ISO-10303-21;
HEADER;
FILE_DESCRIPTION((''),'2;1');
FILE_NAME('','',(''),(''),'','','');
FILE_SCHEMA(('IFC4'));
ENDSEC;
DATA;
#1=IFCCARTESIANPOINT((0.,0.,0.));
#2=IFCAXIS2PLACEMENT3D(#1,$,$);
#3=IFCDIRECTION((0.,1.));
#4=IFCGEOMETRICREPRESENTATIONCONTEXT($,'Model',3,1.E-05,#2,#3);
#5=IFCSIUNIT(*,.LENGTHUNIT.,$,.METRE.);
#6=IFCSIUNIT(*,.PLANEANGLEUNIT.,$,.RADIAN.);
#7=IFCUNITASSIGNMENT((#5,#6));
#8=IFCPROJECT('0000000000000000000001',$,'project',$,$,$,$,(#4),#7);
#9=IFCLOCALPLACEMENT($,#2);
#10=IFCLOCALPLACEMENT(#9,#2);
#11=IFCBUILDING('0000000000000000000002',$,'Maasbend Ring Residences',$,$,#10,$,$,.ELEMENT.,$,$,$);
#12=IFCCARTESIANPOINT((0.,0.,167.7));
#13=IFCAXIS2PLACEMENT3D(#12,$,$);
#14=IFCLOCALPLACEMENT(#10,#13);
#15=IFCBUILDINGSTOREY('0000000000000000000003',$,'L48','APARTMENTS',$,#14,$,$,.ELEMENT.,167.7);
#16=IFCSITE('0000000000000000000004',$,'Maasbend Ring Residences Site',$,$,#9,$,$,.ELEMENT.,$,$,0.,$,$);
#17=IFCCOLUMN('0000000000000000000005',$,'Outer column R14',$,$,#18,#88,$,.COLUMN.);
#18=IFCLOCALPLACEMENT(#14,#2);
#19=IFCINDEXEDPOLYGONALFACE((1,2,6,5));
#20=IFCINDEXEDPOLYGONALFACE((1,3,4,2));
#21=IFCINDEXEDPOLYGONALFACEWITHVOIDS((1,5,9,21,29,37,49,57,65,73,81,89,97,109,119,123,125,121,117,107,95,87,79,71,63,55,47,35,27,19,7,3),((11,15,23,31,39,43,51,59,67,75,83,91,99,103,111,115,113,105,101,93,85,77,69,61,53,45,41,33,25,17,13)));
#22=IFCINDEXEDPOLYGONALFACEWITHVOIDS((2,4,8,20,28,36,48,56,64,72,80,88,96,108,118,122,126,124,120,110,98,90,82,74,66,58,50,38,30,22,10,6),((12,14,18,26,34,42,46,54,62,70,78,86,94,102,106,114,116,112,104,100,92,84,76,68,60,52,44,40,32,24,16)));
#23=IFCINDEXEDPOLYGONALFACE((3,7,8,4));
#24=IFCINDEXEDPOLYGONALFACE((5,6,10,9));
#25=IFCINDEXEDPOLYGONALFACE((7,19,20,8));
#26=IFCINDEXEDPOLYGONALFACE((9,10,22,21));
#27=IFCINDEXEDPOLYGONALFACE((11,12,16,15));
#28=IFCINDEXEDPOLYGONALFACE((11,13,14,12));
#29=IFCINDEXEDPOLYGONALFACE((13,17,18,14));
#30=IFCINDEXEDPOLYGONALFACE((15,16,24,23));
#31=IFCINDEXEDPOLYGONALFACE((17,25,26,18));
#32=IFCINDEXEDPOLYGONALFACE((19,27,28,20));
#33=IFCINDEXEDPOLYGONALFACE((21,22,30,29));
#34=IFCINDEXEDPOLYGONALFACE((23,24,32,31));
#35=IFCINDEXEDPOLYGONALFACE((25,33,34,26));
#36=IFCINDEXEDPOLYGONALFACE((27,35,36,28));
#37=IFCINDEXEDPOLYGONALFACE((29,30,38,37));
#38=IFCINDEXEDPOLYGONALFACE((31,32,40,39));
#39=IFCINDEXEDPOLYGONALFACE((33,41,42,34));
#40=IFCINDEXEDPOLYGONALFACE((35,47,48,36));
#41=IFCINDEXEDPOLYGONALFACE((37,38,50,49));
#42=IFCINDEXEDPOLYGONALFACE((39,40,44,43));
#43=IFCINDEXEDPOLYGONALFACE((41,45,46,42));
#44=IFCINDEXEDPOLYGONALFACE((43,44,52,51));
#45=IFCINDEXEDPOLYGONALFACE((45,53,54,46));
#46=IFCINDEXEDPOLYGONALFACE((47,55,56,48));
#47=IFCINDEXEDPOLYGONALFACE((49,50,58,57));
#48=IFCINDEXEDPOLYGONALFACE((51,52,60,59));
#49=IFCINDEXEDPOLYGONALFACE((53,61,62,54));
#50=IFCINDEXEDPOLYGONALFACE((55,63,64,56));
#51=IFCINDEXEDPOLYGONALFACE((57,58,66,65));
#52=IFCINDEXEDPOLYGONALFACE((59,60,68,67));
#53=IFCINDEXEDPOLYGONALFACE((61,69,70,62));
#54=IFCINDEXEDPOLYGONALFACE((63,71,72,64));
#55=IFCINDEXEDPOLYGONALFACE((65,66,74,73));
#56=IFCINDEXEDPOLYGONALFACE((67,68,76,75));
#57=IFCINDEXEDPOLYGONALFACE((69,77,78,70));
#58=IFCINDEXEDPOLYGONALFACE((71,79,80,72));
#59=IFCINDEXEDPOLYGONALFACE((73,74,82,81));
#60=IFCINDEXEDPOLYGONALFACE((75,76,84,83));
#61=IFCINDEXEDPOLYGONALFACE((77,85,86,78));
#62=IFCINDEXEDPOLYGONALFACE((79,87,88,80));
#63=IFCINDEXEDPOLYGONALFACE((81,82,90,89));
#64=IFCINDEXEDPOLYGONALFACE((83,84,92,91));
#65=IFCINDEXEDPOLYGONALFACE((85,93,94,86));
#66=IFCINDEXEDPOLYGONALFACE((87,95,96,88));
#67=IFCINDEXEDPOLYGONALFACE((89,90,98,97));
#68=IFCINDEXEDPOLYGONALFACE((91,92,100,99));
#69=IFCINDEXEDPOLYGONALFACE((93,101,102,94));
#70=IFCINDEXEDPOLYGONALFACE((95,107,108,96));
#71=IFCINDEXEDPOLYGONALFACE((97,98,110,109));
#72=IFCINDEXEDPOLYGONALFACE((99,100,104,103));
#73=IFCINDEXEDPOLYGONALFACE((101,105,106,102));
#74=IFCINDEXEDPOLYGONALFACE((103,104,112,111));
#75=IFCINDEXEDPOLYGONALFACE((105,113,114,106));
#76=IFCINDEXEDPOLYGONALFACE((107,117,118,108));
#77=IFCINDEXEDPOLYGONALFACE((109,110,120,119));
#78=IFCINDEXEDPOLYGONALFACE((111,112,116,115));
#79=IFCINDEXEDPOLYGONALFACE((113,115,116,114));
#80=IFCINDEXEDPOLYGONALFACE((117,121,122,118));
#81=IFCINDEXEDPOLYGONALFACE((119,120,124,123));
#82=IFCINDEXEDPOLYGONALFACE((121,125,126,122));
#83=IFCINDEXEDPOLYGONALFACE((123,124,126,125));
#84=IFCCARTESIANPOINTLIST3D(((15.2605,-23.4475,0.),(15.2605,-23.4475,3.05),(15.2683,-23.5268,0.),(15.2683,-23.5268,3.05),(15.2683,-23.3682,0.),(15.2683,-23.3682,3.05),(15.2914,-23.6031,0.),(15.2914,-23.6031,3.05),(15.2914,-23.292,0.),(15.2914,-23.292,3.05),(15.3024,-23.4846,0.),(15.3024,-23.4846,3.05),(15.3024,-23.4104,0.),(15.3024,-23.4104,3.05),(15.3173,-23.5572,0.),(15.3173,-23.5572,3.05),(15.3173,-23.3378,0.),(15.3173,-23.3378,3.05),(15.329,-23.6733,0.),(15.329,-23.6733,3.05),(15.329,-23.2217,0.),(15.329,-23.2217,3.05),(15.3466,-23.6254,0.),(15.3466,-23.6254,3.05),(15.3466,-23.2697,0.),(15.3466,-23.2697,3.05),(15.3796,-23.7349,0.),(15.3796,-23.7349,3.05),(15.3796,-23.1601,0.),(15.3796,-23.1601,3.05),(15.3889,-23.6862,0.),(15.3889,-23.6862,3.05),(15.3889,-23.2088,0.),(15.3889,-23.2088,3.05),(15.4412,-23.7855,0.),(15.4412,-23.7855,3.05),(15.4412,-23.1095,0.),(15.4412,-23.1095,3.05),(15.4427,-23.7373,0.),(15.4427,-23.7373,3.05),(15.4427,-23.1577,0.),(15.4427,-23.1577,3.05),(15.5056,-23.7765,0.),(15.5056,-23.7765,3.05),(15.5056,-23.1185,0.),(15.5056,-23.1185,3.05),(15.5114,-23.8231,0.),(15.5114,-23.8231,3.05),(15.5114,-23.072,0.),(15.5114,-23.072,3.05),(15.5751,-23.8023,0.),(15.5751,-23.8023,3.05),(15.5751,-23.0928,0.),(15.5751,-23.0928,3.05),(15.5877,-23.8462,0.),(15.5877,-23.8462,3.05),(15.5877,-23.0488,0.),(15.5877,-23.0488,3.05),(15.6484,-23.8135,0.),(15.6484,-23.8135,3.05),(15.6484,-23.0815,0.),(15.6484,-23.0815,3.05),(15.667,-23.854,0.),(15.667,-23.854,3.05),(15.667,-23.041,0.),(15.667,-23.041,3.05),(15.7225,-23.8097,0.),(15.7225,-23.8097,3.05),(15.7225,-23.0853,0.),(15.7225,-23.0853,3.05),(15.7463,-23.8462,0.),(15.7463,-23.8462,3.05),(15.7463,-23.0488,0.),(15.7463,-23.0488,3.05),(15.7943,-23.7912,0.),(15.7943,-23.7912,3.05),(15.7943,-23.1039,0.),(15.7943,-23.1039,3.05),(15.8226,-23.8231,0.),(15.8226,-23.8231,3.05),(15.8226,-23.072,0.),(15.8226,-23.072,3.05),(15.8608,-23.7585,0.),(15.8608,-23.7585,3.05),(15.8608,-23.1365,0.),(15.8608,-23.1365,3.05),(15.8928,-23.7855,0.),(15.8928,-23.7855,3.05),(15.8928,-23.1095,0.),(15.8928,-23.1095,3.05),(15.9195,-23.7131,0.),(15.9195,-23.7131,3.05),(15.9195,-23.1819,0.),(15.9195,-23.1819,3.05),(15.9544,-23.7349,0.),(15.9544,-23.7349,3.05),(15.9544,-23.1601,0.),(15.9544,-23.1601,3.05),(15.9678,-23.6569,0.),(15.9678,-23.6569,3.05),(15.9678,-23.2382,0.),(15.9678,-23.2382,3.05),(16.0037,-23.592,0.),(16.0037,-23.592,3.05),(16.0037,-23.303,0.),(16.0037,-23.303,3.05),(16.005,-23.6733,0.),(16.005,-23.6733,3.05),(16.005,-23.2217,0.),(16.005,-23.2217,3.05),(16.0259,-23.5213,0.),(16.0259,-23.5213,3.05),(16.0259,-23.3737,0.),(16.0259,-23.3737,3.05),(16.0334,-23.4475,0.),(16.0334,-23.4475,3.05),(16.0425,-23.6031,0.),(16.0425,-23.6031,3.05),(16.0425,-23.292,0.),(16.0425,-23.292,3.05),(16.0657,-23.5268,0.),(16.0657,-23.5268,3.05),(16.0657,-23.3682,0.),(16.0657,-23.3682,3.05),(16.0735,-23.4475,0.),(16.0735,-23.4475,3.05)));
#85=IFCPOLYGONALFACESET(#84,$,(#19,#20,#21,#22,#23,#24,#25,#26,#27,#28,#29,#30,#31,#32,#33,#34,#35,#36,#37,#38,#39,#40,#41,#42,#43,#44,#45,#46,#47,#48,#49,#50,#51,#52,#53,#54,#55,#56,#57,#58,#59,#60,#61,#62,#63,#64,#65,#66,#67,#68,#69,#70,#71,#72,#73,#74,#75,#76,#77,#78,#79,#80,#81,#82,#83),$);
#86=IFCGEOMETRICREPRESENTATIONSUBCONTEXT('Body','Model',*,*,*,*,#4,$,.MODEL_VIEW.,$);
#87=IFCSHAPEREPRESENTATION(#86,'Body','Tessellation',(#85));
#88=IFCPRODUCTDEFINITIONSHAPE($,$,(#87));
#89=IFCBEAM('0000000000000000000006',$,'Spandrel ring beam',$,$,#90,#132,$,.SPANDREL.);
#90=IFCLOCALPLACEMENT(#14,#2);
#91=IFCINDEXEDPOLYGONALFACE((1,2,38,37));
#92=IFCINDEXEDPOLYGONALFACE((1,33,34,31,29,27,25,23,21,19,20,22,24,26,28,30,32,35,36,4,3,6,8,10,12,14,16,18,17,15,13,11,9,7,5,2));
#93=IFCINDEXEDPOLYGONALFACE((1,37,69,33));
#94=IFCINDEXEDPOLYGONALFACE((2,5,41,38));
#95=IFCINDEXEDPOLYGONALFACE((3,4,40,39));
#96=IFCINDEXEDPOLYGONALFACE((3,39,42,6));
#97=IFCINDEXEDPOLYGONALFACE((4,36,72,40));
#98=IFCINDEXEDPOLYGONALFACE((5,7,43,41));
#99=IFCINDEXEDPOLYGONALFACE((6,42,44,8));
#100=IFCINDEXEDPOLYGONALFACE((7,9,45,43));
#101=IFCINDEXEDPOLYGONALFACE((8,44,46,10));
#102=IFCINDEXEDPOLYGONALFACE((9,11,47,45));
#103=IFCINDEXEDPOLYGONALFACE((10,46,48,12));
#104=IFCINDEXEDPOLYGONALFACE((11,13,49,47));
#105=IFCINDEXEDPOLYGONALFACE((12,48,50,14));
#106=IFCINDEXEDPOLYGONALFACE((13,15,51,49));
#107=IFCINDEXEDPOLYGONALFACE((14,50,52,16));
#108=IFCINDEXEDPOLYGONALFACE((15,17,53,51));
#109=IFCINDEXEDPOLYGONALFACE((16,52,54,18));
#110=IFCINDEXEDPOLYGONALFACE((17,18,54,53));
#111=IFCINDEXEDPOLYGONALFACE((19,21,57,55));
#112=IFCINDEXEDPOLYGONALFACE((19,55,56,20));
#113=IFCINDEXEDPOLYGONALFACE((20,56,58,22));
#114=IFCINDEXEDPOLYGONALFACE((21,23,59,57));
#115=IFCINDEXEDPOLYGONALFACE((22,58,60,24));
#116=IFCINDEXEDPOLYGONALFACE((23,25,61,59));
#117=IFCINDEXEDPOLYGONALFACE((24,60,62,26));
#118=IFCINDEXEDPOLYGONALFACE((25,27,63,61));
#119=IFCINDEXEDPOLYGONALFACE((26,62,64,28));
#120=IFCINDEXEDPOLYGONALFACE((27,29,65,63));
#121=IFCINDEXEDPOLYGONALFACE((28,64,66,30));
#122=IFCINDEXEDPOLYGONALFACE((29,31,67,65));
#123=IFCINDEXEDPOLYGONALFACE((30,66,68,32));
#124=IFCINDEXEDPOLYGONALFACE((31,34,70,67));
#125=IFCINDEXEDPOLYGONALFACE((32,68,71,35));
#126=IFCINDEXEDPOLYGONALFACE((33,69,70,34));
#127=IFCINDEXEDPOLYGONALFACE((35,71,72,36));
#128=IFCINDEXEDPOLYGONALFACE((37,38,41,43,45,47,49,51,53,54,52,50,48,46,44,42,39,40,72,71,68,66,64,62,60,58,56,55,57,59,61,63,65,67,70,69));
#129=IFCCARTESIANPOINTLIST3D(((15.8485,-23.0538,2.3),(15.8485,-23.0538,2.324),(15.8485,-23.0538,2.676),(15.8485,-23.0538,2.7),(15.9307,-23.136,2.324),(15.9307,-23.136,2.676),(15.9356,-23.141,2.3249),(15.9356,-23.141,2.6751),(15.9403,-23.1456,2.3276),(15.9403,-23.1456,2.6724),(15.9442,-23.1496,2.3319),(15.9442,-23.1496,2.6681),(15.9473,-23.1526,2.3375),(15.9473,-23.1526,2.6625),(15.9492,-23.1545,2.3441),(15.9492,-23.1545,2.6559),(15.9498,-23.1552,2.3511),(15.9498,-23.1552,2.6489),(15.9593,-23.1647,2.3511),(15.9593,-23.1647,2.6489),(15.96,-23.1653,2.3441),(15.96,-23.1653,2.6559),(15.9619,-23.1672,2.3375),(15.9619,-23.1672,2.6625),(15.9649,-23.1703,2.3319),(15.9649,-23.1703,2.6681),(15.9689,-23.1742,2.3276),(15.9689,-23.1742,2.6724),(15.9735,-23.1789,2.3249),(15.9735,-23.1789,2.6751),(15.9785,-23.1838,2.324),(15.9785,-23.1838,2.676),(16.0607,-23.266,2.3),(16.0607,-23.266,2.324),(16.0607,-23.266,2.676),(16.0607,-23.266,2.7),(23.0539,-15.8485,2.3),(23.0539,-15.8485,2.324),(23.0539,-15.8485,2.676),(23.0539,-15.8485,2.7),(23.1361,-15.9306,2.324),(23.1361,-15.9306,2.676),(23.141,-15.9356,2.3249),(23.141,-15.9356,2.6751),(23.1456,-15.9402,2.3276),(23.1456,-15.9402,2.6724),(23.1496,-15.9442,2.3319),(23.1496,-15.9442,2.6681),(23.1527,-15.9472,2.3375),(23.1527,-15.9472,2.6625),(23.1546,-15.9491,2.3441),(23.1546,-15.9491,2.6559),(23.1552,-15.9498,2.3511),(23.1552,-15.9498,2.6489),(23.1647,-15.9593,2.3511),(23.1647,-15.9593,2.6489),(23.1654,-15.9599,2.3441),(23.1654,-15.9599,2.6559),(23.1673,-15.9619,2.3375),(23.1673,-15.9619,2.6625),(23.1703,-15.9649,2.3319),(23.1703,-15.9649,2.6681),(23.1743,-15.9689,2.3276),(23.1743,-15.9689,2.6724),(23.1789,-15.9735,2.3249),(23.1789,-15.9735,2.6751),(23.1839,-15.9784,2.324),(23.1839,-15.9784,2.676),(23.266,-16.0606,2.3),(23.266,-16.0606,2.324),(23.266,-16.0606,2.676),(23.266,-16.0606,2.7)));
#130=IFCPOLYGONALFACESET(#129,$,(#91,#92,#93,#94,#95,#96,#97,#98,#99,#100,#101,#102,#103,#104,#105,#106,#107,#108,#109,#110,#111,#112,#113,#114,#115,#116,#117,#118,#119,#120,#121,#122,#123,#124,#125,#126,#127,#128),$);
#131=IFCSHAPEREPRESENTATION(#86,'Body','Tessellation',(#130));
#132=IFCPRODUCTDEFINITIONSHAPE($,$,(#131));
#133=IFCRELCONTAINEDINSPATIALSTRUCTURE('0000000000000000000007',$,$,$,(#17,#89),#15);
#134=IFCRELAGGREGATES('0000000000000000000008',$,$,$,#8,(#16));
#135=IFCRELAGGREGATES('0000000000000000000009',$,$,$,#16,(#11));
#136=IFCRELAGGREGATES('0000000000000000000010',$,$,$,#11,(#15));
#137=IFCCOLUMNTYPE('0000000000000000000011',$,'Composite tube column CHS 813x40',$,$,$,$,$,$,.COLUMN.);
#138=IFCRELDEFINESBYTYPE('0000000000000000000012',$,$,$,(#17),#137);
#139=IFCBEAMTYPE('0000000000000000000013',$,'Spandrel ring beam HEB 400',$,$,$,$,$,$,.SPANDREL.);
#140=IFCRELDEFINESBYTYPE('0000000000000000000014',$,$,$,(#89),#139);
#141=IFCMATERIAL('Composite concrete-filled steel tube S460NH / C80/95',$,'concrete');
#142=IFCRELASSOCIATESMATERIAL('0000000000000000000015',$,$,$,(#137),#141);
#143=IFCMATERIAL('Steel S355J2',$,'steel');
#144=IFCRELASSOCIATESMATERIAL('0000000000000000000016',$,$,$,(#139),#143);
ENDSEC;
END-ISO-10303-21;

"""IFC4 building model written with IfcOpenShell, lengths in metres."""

from ifc_helpers import new_model, si_unit, direction, frame, origin, origin_2d, place, context, subcontext, project, spatial, hollow_circle, i_section, extrude, material, material_profile, profile_set, type_object, element, save


model = new_model("IFC4")

# Units and contexts
model_context = context("Model", 3, precision=1e-05, world=origin(), true_north=direction((0.0, 1.0)))
body_context = subcontext(model_context, "Body", "Model", "MODEL_VIEW")
ifc_project = project(units=[si_unit("LENGTHUNIT", "METRE"), si_unit("PLANEANGLEUNIT", "RADIAN")], contexts=[model_context])

# Site, building, storey
site_placement = place(None, origin())
site = spatial("IfcSite", under=ifc_project, at=site_placement, Name="Maasbend Ring Residences Site", CompositionType="ELEMENT", RefElevation=0.0)
building_placement = place(site_placement, origin())
building = spatial("IfcBuilding", under=site, at=building_placement, Name="Maasbend Ring Residences", CompositionType="ELEMENT")
storey_placement = place(building_placement, frame((0.0, 0.0, 167.7)))
storey = spatial("IfcBuildingStorey", under=building, at=storey_placement, Name="L48", Description="APARTMENTS", CompositionType="ELEMENT", Elevation=167.7)

# Column
ifc_material_1 = material(Name="Composite concrete-filled steel tube S460NH / C80/95", Category="concrete")
ifc_material_profile_1 = material_profile(ifc_material_1, hollow_circle(Radius=0.4065, WallThickness=0.04, at=origin_2d()), Name="Composite tube column CHS 813x40")
ifc_profile_set_1 = profile_set([ifc_material_profile_1], Name="Composite concrete-filled steel tube S460NH / C80/95")
column_type = type_object("IfcColumnType", Name="Composite tube column CHS 813x40", PredefinedType="COLUMN", material=ifc_profile_set_1)
column_placement = place(storey_placement, frame((15.667, -23.4475, 0.0), z_axis=(0.0, 0.0, 1.0), x_axis=(1.0, 0.0, 0.0)))
element("IfcColumn", 1, at=column_placement, inside=storey, type_object=column_type, Name="Outer column R14", PredefinedType="COLUMN", context=body_context, shape_type="SweptSolid", body=[
    extrude(hollow_circle(Radius=0.4065, WallThickness=0.04, at=origin_2d()), origin(), (0.0, 0.0, 1.0), 3.05),
])

# Beam
ifc_material_2 = material(Name="Steel S355J2", Category="steel")
ifc_material_profile_2 = material_profile(ifc_material_2, i_section(OverallWidth=0.3, OverallDepth=0.3999, WebThickness=0.0134, FlangeThickness=0.0239, FilletRadius=0.0271, at=origin_2d()), Name="HEB 400")
ifc_profile_set_2 = profile_set([ifc_material_profile_2], Name="Steel S355J2")
beam_type = type_object("IfcBeamType", Name="Spandrel ring beam HEB 400", PredefinedType="SPANDREL", material=ifc_profile_set_2)
beam_placement = place(storey_placement, frame((15.9546, -23.1599, 2.5), z_axis=(0.707107, 0.707107, 0.0), x_axis=(-0.707107, 0.707107, 0.0)))
element("IfcBeam", 2, at=beam_placement, inside=storey, type_object=beam_type, Name="Spandrel ring beam", PredefinedType="SPANDREL", context=body_context, shape_type="SweptSolid", body=[
    extrude(i_section(OverallWidth=0.3, OverallDepth=0.3999, WebThickness=0.0134, FlangeThickness=0.0239, FilletRadius=0.0271, at=origin_2d()), origin(), (0.0, 0.0, 1.0), 10.1899),
])

save(model, "model.ifc")
